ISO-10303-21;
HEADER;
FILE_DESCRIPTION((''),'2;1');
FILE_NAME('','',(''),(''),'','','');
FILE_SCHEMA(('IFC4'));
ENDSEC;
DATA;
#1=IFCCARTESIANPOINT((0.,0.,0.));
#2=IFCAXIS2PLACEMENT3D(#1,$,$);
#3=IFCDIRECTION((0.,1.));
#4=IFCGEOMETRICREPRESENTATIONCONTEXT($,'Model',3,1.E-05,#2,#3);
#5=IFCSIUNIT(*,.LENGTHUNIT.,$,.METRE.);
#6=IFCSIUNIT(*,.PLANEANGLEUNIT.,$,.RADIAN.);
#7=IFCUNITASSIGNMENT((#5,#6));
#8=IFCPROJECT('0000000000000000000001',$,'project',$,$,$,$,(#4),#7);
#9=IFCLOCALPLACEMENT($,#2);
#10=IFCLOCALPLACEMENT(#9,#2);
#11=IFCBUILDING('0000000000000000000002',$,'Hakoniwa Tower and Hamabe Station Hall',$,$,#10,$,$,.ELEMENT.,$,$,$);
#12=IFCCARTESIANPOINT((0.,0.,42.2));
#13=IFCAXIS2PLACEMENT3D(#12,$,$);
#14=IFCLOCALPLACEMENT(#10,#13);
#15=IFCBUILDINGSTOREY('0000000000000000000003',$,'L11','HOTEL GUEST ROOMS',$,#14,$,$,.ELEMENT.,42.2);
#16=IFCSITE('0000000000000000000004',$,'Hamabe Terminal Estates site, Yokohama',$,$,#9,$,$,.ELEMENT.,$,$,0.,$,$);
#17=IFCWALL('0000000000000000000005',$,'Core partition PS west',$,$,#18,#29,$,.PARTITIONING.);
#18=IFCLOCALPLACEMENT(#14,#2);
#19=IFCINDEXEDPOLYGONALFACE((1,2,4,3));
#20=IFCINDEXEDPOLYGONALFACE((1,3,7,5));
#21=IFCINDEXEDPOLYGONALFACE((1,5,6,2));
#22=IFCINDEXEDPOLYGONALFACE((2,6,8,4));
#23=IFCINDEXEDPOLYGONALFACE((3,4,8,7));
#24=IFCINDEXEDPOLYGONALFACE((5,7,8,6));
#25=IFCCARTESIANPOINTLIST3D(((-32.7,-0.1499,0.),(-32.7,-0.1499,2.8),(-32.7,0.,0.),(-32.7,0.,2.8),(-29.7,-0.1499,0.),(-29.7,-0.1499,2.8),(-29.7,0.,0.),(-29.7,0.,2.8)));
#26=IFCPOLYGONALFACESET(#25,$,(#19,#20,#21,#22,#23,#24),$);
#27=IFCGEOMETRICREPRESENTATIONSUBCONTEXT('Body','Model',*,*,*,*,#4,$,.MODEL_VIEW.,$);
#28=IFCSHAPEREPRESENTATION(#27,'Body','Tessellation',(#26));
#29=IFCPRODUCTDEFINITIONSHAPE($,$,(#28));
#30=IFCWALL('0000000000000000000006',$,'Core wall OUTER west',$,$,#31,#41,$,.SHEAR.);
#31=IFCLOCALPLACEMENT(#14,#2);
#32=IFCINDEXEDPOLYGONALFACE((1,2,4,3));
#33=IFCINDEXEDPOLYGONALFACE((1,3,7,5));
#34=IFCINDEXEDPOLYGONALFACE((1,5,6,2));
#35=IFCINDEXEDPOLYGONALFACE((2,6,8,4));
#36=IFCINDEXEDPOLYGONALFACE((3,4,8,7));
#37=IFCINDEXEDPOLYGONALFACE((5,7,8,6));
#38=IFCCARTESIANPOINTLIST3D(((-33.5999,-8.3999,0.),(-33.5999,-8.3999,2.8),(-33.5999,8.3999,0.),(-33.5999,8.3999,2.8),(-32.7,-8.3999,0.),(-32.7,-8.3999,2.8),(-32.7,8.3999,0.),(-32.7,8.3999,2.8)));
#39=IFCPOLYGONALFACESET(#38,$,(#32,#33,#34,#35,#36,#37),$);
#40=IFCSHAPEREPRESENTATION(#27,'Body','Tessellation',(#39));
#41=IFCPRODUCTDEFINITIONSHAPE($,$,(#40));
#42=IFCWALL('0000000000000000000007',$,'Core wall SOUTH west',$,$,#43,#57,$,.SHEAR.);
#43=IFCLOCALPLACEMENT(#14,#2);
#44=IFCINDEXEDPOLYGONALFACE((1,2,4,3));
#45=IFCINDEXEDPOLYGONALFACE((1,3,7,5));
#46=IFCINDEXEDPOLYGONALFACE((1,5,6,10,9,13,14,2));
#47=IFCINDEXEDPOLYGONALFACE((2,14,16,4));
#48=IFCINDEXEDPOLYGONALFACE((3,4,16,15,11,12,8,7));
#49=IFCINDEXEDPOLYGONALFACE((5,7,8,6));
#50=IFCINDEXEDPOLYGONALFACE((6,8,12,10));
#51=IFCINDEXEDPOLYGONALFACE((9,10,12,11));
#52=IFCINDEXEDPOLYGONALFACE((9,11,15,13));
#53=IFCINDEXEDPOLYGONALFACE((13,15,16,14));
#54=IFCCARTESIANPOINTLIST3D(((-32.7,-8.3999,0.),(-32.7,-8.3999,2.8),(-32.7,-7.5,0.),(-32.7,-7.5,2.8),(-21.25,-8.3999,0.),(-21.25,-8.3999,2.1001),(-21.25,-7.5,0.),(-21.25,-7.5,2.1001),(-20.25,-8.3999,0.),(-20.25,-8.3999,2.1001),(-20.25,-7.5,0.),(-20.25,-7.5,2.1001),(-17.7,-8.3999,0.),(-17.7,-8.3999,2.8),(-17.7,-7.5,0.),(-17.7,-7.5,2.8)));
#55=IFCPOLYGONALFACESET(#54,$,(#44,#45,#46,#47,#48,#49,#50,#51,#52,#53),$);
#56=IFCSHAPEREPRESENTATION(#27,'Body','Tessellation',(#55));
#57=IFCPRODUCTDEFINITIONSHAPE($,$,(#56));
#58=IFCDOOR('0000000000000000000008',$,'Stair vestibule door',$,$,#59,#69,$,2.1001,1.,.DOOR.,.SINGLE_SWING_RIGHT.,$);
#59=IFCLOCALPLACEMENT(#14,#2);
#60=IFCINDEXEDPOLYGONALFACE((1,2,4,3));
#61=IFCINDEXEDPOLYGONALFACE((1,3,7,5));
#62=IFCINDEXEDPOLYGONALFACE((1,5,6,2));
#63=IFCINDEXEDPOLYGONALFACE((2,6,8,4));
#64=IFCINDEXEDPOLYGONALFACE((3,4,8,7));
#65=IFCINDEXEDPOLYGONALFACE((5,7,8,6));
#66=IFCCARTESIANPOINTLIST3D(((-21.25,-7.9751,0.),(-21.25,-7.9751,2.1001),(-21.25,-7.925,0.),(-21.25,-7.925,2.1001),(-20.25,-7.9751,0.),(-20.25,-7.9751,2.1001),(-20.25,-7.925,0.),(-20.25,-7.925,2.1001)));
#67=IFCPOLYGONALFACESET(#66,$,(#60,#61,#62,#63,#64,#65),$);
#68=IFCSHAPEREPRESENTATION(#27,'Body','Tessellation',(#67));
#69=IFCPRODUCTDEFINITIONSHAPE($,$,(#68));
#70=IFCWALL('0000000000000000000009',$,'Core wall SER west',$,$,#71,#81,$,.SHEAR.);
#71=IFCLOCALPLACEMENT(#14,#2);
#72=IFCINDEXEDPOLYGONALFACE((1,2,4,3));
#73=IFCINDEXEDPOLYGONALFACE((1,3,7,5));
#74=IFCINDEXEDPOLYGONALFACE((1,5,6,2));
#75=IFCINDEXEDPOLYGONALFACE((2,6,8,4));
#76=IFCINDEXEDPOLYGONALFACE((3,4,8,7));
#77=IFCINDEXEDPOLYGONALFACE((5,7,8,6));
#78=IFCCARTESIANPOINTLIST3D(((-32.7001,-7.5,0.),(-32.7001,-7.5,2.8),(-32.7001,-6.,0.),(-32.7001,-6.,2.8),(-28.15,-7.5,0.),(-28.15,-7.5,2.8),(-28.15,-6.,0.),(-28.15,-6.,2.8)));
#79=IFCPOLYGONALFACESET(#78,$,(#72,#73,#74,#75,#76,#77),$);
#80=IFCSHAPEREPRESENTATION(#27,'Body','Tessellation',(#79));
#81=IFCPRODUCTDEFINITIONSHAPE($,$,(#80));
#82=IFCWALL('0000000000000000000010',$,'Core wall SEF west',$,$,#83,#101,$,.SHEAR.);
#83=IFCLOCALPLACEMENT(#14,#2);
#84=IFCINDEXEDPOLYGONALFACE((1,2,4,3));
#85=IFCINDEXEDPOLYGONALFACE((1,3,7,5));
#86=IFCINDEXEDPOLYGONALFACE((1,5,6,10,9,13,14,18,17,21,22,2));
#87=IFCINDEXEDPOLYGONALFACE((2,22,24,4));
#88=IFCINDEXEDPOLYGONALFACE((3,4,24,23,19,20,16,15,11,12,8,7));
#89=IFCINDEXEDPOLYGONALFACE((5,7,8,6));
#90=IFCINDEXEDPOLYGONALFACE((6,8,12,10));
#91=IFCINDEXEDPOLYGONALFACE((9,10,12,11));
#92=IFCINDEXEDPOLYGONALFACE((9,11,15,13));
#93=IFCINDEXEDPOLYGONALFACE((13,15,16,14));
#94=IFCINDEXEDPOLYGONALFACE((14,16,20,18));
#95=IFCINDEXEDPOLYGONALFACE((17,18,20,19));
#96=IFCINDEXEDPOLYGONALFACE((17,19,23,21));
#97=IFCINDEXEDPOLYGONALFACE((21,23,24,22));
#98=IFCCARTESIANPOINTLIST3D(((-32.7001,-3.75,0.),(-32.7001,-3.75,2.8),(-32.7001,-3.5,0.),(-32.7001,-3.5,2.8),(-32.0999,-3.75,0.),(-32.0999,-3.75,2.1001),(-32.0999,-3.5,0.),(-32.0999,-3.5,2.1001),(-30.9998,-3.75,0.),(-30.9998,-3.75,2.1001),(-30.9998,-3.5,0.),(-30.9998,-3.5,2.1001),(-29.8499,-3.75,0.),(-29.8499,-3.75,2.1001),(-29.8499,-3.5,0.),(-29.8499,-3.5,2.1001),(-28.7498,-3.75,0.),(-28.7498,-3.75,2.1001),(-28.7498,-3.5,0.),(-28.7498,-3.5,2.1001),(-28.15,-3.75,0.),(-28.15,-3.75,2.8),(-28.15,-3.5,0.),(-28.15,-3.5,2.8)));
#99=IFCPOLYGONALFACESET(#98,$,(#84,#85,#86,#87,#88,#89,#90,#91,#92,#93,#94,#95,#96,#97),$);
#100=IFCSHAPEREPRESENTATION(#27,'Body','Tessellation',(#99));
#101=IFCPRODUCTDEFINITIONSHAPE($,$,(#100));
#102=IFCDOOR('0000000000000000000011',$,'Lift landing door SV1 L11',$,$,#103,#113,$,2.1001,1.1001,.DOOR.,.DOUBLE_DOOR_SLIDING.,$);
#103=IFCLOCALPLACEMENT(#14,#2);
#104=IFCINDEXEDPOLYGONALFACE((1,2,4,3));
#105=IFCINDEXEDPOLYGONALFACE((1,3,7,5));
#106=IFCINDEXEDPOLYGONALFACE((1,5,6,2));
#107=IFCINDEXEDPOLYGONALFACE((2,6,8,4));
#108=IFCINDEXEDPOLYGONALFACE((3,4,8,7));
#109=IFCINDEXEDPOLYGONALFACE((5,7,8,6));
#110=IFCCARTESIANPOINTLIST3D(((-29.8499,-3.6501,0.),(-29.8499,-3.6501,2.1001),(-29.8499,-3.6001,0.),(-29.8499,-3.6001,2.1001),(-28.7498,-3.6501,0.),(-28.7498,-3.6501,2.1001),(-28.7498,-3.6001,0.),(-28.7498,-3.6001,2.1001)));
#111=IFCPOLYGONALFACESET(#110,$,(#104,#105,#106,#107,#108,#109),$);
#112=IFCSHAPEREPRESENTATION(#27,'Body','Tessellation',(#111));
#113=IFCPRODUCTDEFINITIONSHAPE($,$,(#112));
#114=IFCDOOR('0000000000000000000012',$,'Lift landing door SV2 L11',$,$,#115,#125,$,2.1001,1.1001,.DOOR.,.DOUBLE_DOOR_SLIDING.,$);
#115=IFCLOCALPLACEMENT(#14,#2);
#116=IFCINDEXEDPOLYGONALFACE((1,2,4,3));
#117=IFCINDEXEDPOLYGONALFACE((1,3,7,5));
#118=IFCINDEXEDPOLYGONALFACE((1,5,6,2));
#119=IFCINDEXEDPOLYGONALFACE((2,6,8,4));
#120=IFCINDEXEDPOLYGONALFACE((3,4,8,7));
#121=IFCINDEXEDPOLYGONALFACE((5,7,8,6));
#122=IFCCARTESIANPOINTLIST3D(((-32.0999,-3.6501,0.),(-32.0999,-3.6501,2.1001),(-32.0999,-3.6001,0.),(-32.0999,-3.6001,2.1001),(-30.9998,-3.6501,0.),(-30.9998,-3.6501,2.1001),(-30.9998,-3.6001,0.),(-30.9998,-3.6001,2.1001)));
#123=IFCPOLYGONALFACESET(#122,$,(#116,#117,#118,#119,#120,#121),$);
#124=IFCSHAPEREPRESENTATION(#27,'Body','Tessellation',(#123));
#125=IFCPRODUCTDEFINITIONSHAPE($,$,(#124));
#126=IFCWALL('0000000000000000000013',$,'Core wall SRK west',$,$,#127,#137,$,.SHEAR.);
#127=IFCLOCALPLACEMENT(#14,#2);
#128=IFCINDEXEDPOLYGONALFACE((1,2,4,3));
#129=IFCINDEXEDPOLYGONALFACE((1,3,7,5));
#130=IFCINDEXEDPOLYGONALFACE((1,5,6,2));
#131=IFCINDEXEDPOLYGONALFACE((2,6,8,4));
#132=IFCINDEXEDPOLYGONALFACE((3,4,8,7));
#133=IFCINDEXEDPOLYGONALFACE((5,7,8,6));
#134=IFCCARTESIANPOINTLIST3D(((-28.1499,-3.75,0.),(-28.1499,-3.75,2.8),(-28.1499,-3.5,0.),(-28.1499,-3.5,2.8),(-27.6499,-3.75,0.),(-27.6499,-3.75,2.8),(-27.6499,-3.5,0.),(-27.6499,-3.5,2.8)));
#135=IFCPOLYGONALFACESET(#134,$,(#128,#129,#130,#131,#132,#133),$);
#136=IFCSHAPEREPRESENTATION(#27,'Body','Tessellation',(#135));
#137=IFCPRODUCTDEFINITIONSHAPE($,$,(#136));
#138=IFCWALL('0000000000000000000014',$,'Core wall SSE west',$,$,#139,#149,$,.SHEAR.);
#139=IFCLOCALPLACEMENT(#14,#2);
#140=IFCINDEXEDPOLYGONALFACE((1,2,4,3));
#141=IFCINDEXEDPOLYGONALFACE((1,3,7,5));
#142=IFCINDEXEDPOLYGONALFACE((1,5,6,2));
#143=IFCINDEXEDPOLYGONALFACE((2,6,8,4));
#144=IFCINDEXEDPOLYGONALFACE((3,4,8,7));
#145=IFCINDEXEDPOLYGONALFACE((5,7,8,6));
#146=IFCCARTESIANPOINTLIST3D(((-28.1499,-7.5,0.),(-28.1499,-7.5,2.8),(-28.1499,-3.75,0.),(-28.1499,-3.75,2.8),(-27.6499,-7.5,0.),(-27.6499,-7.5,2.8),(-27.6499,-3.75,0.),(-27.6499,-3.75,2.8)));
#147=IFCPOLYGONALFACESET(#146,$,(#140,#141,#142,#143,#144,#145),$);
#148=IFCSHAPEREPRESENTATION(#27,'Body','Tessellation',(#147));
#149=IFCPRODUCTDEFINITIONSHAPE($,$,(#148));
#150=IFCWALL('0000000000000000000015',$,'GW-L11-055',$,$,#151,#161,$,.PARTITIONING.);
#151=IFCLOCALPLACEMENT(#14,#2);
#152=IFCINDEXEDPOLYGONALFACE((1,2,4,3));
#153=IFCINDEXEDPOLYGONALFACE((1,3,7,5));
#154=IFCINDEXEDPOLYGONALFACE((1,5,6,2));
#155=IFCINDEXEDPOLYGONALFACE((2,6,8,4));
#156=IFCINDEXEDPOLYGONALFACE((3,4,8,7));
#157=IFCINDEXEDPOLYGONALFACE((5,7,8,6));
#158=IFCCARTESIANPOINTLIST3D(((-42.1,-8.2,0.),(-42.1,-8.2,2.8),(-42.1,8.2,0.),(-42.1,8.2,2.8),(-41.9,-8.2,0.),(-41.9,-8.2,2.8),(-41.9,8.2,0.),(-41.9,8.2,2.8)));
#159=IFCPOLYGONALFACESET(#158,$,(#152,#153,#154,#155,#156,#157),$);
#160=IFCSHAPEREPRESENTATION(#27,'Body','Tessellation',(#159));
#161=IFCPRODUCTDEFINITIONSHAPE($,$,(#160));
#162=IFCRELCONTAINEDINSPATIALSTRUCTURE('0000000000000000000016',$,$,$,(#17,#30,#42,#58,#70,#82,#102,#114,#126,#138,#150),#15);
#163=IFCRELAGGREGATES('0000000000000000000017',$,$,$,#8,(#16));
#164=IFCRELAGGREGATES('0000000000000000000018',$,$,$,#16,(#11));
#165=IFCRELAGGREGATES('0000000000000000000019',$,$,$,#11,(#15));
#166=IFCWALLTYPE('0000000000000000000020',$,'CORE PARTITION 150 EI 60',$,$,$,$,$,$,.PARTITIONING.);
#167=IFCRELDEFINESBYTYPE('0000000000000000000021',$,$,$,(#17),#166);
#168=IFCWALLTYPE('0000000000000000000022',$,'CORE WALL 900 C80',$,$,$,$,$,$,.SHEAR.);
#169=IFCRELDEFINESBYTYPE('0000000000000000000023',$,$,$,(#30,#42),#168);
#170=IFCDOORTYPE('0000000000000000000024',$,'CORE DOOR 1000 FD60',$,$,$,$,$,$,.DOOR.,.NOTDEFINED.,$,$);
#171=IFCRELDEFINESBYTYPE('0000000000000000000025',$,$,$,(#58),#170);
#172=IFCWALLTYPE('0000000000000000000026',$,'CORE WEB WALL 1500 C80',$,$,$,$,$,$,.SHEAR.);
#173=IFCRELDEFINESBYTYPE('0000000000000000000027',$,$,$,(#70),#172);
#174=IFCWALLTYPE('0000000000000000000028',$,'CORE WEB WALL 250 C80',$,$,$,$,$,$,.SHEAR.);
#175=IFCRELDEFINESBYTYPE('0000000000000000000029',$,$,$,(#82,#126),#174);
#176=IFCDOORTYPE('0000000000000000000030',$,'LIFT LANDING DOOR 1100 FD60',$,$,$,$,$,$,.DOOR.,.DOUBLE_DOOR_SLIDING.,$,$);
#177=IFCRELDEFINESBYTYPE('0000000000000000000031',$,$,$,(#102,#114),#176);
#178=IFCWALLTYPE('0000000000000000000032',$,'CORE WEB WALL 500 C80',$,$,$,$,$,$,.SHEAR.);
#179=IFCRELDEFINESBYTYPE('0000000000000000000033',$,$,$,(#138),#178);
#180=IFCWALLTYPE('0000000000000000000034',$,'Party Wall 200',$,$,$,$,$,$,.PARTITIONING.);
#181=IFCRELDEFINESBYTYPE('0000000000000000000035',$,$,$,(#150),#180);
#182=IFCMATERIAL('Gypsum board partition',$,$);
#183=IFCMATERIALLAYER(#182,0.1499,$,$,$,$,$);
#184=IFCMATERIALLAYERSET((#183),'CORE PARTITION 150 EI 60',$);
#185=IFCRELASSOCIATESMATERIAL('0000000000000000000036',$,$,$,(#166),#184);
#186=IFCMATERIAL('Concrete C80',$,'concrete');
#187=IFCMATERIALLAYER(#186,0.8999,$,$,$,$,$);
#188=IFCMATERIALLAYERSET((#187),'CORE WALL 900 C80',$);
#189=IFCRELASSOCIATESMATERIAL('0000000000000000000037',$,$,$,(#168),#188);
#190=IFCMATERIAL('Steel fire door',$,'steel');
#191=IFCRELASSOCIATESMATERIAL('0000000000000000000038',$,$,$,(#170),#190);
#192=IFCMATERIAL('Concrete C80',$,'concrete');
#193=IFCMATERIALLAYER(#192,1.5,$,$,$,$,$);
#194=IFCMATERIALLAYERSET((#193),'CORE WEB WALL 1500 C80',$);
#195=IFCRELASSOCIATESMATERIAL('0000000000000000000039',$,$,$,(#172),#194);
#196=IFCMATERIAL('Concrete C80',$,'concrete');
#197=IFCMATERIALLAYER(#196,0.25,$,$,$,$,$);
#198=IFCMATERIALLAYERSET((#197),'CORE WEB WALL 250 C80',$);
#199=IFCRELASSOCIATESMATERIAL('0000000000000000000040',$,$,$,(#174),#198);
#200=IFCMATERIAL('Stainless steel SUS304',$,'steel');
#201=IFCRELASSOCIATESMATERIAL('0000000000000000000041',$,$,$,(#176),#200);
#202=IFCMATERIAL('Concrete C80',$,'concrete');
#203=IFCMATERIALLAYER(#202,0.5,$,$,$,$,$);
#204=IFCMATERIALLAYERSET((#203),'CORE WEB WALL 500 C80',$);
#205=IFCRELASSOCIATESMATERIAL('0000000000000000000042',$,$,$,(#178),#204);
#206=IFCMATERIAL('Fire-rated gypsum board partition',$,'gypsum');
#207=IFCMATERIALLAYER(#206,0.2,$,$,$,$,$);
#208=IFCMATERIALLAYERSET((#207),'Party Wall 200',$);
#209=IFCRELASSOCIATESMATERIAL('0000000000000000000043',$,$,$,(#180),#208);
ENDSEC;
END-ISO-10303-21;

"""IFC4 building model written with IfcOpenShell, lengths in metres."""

from ifc_helpers import new_model, si_unit, direction, frame, frame_2d, origin, place, context, subcontext, project, spatial, rectangle, extrude, material, layer, layer_set, type_object, element, fill, save


model = new_model("IFC4")

# Units and contexts
model_context = context("Model", 3, precision=1e-05, world=origin(), true_north=direction((0.0, 1.0)))
body_context = subcontext(model_context, "Body", "Model", "MODEL_VIEW")
ifc_project = project(units=[si_unit("LENGTHUNIT", "METRE"), si_unit("PLANEANGLEUNIT", "RADIAN")], contexts=[model_context])

# Site, building, storey
site_placement = place(None, origin())
site = spatial("IfcSite", under=ifc_project, at=site_placement, Name="Hamabe Terminal Estates site, Yokohama", CompositionType="ELEMENT", RefElevation=0.0)
building_placement = place(site_placement, origin())
building = spatial("IfcBuilding", under=site, at=building_placement, Name="Hakoniwa Tower and Hamabe Station Hall", CompositionType="ELEMENT")
storey_placement = place(building_placement, frame((0.0, 0.0, 42.2)))
storey = spatial("IfcBuildingStorey", under=building, at=storey_placement, Name="L11", Description="HOTEL GUEST ROOMS", CompositionType="ELEMENT", Elevation=42.2)

# Shared definitions
ifc_material_1 = material(Name="Gypsum board partition")
ifc_layer_1 = layer(ifc_material_1, 0.1499)
ifc_layer_set_1 = layer_set([ifc_layer_1], Name="CORE PARTITION 150 EI 60")
wall_type_1 = type_object("IfcWallType", Name="CORE PARTITION 150 EI 60", PredefinedType="PARTITIONING", material=ifc_layer_set_1)

# Walls
wall_1_placement = place(storey_placement, frame((-32.7, -0.075, 0.0), z_axis=(0.0, 0.0, 1.0), x_axis=(1.0, 0.0, 0.0)))
element("IfcWall", 1, at=wall_1_placement, inside=storey, type_object=wall_type_1, Name="Core partition PS west", PredefinedType="PARTITIONING", context=body_context, shape_type="SweptSolid", body=[
    extrude(rectangle(XDim=3.0, YDim=0.1499, at=frame_2d((1.5, 0.0))), origin(), (0.0, 0.0, 1.0), 2.8),
])
ifc_material_2 = material(Name="Concrete C80", Category="concrete")
ifc_layer_2 = layer(ifc_material_2, 0.8999)
ifc_layer_set_2 = layer_set([ifc_layer_2], Name="CORE WALL 900 C80")
wall_type_2 = type_object("IfcWallType", Name="CORE WALL 900 C80", PredefinedType="SHEAR", material=ifc_layer_set_2)
wall_2_placement = place(storey_placement, frame((-33.1499, -8.3999, 0.0), z_axis=(0.0, 0.0, 1.0), x_axis=(0.0, 1.0, 0.0)))
element("IfcWall", 2, at=wall_2_placement, inside=storey, type_object=wall_type_2, Name="Core wall OUTER west", PredefinedType="SHEAR", context=body_context, shape_type="SweptSolid", body=[
    extrude(rectangle(XDim=16.7998, YDim=0.8999, at=frame_2d((8.3999, 0.0))), origin(), (0.0, 0.0, 1.0), 2.8),
])

# Wall, opening, door
wall_3_placement = place(storey_placement, frame((-32.7, -7.95, 0.0), z_axis=(0.0, 0.0, 1.0), x_axis=(1.0, 0.0, 0.0)))
wall_3 = element("IfcWall", 3, at=wall_3_placement, inside=storey, type_object=wall_type_2, Name="Core wall SOUTH west", PredefinedType="SHEAR", context=body_context, shape_type="SweptSolid", body=[
    extrude(rectangle(XDim=15.0, YDim=0.8999, at=frame_2d((7.5, 0.0))), origin(), (0.0, 0.0, 1.0), 2.8),
])
opening_1_placement = place(wall_3_placement, frame((11.45, 0.0, 0.0)))
opening_1 = element("IfcOpeningElement", 4, at=opening_1_placement, cuts=wall_3, PredefinedType="OPENING", context=body_context, shape_type="SweptSolid", body=[
    extrude(rectangle(XDim=1.0, YDim=2.1001, at=frame_2d((0.5, 1.05))), frame((0.0, 0.46, 0.0), z_axis=(0.0, -1.0, 0.0), x_axis=(1.0, 0.0, 0.0)), (0.0, 0.0, 1.0), 0.9199),
])
ifc_material_3 = material(Name="Steel fire door", Category="steel")
door_type_1 = type_object("IfcDoorType", Name="CORE DOOR 1000 FD60", OperationType="NOTDEFINED", PredefinedType="DOOR", material=ifc_material_3)
door_1_placement = place(opening_1_placement, origin())
door_1 = element("IfcDoor", 5, at=door_1_placement, inside=storey, type_object=door_type_1, Name="Stair vestibule door", OperationType="SINGLE_SWING_RIGHT", OverallHeight=2.1001, OverallWidth=1.0, PredefinedType="DOOR", context=body_context, shape_type="SweptSolid", body=[
    extrude(rectangle(XDim=1.0, YDim=2.1001, at=frame_2d((0.5, 1.05))), frame((0.0, 0.0249, 0.0), z_axis=(0.0, -1.0, 0.0), x_axis=(1.0, 0.0, 0.0)), (0.0, 0.0, 1.0), 0.05),
])
fill(opening_1, door_1)

# Wall
ifc_material_4 = material(Name="Concrete C80", Category="concrete")
ifc_layer_3 = layer(ifc_material_4, 1.5)
ifc_layer_set_3 = layer_set([ifc_layer_3], Name="CORE WEB WALL 1500 C80")
wall_type_3 = type_object("IfcWallType", Name="CORE WEB WALL 1500 C80", PredefinedType="SHEAR", material=ifc_layer_set_3)
wall_4_placement = place(storey_placement, frame((-32.7, -6.75, 0.0), z_axis=(0.0, 0.0, 1.0), x_axis=(1.0, 0.0, 0.0)))
element("IfcWall", 6, at=wall_4_placement, inside=storey, type_object=wall_type_3, Name="Core wall SER west", PredefinedType="SHEAR", context=body_context, shape_type="SweptSolid", body=[
    extrude(rectangle(XDim=4.55, YDim=1.5, at=frame_2d((2.2749, 0.0))), origin(), (0.0, 0.0, 1.0), 2.8),
])

# Wall, openings, doors
ifc_material_5 = material(Name="Concrete C80", Category="concrete")
ifc_layer_4 = layer(ifc_material_5, 0.25)
ifc_layer_set_4 = layer_set([ifc_layer_4], Name="CORE WEB WALL 250 C80")
wall_type_4 = type_object("IfcWallType", Name="CORE WEB WALL 250 C80", PredefinedType="SHEAR", material=ifc_layer_set_4)
wall_5_placement = place(storey_placement, frame((-32.7, -3.625, 0.0), z_axis=(0.0, 0.0, 1.0), x_axis=(1.0, 0.0, 0.0)))
wall_5 = element("IfcWall", 7, at=wall_5_placement, inside=storey, type_object=wall_type_4, Name="Core wall SEF west", PredefinedType="SHEAR", context=body_context, shape_type="SweptSolid", body=[
    extrude(rectangle(XDim=4.55, YDim=0.25, at=frame_2d((2.2749, 0.0))), origin(), (0.0, 0.0, 1.0), 2.8),
])
opening_2_placement = place(wall_5_placement, frame((2.8501, 0.0, 0.0)))
opening_2 = element("IfcOpeningElement", 8, at=opening_2_placement, cuts=wall_5, PredefinedType="OPENING", context=body_context, shape_type="SweptSolid", body=[
    extrude(rectangle(XDim=1.1001, YDim=2.1001, at=frame_2d((0.55, 1.05))), frame((0.0, 0.135, 0.0), z_axis=(0.0, -1.0, 0.0), x_axis=(1.0, 0.0, 0.0)), (0.0, 0.0, 1.0), 0.27),
])
opening_3_placement = place(wall_5_placement, frame((0.6001, 0.0, 0.0)))
opening_3 = element("IfcOpeningElement", 9, at=opening_3_placement, cuts=wall_5, PredefinedType="OPENING", context=body_context, shape_type="SweptSolid", body=[
    extrude(rectangle(XDim=1.1001, YDim=2.1001, at=frame_2d((0.55, 1.05))), frame((0.0, 0.135, 0.0), z_axis=(0.0, -1.0, 0.0), x_axis=(1.0, 0.0, 0.0)), (0.0, 0.0, 1.0), 0.27),
])
ifc_material_6 = material(Name="Stainless steel SUS304", Category="steel")
door_type_2 = type_object("IfcDoorType", Name="LIFT LANDING DOOR 1100 FD60", OperationType="DOUBLE_DOOR_SLIDING", PredefinedType="DOOR", material=ifc_material_6)
door_2_placement = place(opening_2_placement, origin())
door_2 = element("IfcDoor", 10, at=door_2_placement, inside=storey, type_object=door_type_2, Name="Lift landing door SV1 L11", OperationType="DOUBLE_DOOR_SLIDING", OverallHeight=2.1001, OverallWidth=1.1001, PredefinedType="DOOR", context=body_context, shape_type="SweptSolid", body=[
    extrude(rectangle(XDim=1.1001, YDim=2.1001, at=frame_2d((0.55, 1.05))), frame((0.0, 0.0249, 0.0), z_axis=(0.0, -1.0, 0.0), x_axis=(1.0, 0.0, 0.0)), (0.0, 0.0, 1.0), 0.05),
])
fill(opening_2, door_2)
door_3_placement = place(opening_3_placement, origin())
door_3 = element("IfcDoor", 11, at=door_3_placement, inside=storey, type_object=door_type_2, Name="Lift landing door SV2 L11", OperationType="DOUBLE_DOOR_SLIDING", OverallHeight=2.1001, OverallWidth=1.1001, PredefinedType="DOOR", context=body_context, shape_type="SweptSolid", body=[
    extrude(rectangle(XDim=1.1001, YDim=2.1001, at=frame_2d((0.55, 1.05))), frame((0.0, 0.0249, 0.0), z_axis=(0.0, -1.0, 0.0), x_axis=(1.0, 0.0, 0.0)), (0.0, 0.0, 1.0), 0.05),
])
fill(opening_3, door_3)

# Walls
wall_6_placement = place(storey_placement, frame((-28.1499, -3.625, 0.0), z_axis=(0.0, 0.0, 1.0), x_axis=(1.0, 0.0, 0.0)))
element("IfcWall", 12, at=wall_6_placement, inside=storey, type_object=wall_type_4, Name="Core wall SRK west", PredefinedType="SHEAR", context=body_context, shape_type="SweptSolid", body=[
    extrude(rectangle(XDim=0.5, YDim=0.25, at=frame_2d((0.25, 0.0))), origin(), (0.0, 0.0, 1.0), 2.8),
])
ifc_material_7 = material(Name="Concrete C80", Category="concrete")
ifc_layer_5 = layer(ifc_material_7, 0.5)
ifc_layer_set_5 = layer_set([ifc_layer_5], Name="CORE WEB WALL 500 C80")
wall_type_5 = type_object("IfcWallType", Name="CORE WEB WALL 500 C80", PredefinedType="SHEAR", material=ifc_layer_set_5)
wall_7_placement = place(storey_placement, frame((-27.8999, -7.5, 0.0), z_axis=(0.0, 0.0, 1.0), x_axis=(0.0, 1.0, 0.0)))
element("IfcWall", 13, at=wall_7_placement, inside=storey, type_object=wall_type_5, Name="Core wall SSE west", PredefinedType="SHEAR", context=body_context, shape_type="SweptSolid", body=[
    extrude(rectangle(XDim=3.75, YDim=0.5, at=frame_2d((1.875, 0.0))), origin(), (0.0, 0.0, 1.0), 2.8),
])
ifc_material_8 = material(Name="Fire-rated gypsum board partition", Category="gypsum")
ifc_layer_6 = layer(ifc_material_8, 0.2)
ifc_layer_set_6 = layer_set([ifc_layer_6], Name="Party Wall 200")
wall_type_6 = type_object("IfcWallType", Name="Party Wall 200", PredefinedType="PARTITIONING", material=ifc_layer_set_6)
wall_8_placement = place(storey_placement, frame((-42.0, -8.2, 0.0), z_axis=(0.0, 0.0, 1.0), x_axis=(0.0, 1.0, 0.0)))
element("IfcWall", 14, at=wall_8_placement, inside=storey, type_object=wall_type_6, Name="GW-L11-055", PredefinedType="PARTITIONING", context=body_context, shape_type="SweptSolid", body=[
    extrude(rectangle(XDim=16.3999, YDim=0.2, at=frame_2d((8.2, 0.0))), origin(), (0.0, 0.0, 1.0), 2.8),
])

save(model, "model.ifc")
